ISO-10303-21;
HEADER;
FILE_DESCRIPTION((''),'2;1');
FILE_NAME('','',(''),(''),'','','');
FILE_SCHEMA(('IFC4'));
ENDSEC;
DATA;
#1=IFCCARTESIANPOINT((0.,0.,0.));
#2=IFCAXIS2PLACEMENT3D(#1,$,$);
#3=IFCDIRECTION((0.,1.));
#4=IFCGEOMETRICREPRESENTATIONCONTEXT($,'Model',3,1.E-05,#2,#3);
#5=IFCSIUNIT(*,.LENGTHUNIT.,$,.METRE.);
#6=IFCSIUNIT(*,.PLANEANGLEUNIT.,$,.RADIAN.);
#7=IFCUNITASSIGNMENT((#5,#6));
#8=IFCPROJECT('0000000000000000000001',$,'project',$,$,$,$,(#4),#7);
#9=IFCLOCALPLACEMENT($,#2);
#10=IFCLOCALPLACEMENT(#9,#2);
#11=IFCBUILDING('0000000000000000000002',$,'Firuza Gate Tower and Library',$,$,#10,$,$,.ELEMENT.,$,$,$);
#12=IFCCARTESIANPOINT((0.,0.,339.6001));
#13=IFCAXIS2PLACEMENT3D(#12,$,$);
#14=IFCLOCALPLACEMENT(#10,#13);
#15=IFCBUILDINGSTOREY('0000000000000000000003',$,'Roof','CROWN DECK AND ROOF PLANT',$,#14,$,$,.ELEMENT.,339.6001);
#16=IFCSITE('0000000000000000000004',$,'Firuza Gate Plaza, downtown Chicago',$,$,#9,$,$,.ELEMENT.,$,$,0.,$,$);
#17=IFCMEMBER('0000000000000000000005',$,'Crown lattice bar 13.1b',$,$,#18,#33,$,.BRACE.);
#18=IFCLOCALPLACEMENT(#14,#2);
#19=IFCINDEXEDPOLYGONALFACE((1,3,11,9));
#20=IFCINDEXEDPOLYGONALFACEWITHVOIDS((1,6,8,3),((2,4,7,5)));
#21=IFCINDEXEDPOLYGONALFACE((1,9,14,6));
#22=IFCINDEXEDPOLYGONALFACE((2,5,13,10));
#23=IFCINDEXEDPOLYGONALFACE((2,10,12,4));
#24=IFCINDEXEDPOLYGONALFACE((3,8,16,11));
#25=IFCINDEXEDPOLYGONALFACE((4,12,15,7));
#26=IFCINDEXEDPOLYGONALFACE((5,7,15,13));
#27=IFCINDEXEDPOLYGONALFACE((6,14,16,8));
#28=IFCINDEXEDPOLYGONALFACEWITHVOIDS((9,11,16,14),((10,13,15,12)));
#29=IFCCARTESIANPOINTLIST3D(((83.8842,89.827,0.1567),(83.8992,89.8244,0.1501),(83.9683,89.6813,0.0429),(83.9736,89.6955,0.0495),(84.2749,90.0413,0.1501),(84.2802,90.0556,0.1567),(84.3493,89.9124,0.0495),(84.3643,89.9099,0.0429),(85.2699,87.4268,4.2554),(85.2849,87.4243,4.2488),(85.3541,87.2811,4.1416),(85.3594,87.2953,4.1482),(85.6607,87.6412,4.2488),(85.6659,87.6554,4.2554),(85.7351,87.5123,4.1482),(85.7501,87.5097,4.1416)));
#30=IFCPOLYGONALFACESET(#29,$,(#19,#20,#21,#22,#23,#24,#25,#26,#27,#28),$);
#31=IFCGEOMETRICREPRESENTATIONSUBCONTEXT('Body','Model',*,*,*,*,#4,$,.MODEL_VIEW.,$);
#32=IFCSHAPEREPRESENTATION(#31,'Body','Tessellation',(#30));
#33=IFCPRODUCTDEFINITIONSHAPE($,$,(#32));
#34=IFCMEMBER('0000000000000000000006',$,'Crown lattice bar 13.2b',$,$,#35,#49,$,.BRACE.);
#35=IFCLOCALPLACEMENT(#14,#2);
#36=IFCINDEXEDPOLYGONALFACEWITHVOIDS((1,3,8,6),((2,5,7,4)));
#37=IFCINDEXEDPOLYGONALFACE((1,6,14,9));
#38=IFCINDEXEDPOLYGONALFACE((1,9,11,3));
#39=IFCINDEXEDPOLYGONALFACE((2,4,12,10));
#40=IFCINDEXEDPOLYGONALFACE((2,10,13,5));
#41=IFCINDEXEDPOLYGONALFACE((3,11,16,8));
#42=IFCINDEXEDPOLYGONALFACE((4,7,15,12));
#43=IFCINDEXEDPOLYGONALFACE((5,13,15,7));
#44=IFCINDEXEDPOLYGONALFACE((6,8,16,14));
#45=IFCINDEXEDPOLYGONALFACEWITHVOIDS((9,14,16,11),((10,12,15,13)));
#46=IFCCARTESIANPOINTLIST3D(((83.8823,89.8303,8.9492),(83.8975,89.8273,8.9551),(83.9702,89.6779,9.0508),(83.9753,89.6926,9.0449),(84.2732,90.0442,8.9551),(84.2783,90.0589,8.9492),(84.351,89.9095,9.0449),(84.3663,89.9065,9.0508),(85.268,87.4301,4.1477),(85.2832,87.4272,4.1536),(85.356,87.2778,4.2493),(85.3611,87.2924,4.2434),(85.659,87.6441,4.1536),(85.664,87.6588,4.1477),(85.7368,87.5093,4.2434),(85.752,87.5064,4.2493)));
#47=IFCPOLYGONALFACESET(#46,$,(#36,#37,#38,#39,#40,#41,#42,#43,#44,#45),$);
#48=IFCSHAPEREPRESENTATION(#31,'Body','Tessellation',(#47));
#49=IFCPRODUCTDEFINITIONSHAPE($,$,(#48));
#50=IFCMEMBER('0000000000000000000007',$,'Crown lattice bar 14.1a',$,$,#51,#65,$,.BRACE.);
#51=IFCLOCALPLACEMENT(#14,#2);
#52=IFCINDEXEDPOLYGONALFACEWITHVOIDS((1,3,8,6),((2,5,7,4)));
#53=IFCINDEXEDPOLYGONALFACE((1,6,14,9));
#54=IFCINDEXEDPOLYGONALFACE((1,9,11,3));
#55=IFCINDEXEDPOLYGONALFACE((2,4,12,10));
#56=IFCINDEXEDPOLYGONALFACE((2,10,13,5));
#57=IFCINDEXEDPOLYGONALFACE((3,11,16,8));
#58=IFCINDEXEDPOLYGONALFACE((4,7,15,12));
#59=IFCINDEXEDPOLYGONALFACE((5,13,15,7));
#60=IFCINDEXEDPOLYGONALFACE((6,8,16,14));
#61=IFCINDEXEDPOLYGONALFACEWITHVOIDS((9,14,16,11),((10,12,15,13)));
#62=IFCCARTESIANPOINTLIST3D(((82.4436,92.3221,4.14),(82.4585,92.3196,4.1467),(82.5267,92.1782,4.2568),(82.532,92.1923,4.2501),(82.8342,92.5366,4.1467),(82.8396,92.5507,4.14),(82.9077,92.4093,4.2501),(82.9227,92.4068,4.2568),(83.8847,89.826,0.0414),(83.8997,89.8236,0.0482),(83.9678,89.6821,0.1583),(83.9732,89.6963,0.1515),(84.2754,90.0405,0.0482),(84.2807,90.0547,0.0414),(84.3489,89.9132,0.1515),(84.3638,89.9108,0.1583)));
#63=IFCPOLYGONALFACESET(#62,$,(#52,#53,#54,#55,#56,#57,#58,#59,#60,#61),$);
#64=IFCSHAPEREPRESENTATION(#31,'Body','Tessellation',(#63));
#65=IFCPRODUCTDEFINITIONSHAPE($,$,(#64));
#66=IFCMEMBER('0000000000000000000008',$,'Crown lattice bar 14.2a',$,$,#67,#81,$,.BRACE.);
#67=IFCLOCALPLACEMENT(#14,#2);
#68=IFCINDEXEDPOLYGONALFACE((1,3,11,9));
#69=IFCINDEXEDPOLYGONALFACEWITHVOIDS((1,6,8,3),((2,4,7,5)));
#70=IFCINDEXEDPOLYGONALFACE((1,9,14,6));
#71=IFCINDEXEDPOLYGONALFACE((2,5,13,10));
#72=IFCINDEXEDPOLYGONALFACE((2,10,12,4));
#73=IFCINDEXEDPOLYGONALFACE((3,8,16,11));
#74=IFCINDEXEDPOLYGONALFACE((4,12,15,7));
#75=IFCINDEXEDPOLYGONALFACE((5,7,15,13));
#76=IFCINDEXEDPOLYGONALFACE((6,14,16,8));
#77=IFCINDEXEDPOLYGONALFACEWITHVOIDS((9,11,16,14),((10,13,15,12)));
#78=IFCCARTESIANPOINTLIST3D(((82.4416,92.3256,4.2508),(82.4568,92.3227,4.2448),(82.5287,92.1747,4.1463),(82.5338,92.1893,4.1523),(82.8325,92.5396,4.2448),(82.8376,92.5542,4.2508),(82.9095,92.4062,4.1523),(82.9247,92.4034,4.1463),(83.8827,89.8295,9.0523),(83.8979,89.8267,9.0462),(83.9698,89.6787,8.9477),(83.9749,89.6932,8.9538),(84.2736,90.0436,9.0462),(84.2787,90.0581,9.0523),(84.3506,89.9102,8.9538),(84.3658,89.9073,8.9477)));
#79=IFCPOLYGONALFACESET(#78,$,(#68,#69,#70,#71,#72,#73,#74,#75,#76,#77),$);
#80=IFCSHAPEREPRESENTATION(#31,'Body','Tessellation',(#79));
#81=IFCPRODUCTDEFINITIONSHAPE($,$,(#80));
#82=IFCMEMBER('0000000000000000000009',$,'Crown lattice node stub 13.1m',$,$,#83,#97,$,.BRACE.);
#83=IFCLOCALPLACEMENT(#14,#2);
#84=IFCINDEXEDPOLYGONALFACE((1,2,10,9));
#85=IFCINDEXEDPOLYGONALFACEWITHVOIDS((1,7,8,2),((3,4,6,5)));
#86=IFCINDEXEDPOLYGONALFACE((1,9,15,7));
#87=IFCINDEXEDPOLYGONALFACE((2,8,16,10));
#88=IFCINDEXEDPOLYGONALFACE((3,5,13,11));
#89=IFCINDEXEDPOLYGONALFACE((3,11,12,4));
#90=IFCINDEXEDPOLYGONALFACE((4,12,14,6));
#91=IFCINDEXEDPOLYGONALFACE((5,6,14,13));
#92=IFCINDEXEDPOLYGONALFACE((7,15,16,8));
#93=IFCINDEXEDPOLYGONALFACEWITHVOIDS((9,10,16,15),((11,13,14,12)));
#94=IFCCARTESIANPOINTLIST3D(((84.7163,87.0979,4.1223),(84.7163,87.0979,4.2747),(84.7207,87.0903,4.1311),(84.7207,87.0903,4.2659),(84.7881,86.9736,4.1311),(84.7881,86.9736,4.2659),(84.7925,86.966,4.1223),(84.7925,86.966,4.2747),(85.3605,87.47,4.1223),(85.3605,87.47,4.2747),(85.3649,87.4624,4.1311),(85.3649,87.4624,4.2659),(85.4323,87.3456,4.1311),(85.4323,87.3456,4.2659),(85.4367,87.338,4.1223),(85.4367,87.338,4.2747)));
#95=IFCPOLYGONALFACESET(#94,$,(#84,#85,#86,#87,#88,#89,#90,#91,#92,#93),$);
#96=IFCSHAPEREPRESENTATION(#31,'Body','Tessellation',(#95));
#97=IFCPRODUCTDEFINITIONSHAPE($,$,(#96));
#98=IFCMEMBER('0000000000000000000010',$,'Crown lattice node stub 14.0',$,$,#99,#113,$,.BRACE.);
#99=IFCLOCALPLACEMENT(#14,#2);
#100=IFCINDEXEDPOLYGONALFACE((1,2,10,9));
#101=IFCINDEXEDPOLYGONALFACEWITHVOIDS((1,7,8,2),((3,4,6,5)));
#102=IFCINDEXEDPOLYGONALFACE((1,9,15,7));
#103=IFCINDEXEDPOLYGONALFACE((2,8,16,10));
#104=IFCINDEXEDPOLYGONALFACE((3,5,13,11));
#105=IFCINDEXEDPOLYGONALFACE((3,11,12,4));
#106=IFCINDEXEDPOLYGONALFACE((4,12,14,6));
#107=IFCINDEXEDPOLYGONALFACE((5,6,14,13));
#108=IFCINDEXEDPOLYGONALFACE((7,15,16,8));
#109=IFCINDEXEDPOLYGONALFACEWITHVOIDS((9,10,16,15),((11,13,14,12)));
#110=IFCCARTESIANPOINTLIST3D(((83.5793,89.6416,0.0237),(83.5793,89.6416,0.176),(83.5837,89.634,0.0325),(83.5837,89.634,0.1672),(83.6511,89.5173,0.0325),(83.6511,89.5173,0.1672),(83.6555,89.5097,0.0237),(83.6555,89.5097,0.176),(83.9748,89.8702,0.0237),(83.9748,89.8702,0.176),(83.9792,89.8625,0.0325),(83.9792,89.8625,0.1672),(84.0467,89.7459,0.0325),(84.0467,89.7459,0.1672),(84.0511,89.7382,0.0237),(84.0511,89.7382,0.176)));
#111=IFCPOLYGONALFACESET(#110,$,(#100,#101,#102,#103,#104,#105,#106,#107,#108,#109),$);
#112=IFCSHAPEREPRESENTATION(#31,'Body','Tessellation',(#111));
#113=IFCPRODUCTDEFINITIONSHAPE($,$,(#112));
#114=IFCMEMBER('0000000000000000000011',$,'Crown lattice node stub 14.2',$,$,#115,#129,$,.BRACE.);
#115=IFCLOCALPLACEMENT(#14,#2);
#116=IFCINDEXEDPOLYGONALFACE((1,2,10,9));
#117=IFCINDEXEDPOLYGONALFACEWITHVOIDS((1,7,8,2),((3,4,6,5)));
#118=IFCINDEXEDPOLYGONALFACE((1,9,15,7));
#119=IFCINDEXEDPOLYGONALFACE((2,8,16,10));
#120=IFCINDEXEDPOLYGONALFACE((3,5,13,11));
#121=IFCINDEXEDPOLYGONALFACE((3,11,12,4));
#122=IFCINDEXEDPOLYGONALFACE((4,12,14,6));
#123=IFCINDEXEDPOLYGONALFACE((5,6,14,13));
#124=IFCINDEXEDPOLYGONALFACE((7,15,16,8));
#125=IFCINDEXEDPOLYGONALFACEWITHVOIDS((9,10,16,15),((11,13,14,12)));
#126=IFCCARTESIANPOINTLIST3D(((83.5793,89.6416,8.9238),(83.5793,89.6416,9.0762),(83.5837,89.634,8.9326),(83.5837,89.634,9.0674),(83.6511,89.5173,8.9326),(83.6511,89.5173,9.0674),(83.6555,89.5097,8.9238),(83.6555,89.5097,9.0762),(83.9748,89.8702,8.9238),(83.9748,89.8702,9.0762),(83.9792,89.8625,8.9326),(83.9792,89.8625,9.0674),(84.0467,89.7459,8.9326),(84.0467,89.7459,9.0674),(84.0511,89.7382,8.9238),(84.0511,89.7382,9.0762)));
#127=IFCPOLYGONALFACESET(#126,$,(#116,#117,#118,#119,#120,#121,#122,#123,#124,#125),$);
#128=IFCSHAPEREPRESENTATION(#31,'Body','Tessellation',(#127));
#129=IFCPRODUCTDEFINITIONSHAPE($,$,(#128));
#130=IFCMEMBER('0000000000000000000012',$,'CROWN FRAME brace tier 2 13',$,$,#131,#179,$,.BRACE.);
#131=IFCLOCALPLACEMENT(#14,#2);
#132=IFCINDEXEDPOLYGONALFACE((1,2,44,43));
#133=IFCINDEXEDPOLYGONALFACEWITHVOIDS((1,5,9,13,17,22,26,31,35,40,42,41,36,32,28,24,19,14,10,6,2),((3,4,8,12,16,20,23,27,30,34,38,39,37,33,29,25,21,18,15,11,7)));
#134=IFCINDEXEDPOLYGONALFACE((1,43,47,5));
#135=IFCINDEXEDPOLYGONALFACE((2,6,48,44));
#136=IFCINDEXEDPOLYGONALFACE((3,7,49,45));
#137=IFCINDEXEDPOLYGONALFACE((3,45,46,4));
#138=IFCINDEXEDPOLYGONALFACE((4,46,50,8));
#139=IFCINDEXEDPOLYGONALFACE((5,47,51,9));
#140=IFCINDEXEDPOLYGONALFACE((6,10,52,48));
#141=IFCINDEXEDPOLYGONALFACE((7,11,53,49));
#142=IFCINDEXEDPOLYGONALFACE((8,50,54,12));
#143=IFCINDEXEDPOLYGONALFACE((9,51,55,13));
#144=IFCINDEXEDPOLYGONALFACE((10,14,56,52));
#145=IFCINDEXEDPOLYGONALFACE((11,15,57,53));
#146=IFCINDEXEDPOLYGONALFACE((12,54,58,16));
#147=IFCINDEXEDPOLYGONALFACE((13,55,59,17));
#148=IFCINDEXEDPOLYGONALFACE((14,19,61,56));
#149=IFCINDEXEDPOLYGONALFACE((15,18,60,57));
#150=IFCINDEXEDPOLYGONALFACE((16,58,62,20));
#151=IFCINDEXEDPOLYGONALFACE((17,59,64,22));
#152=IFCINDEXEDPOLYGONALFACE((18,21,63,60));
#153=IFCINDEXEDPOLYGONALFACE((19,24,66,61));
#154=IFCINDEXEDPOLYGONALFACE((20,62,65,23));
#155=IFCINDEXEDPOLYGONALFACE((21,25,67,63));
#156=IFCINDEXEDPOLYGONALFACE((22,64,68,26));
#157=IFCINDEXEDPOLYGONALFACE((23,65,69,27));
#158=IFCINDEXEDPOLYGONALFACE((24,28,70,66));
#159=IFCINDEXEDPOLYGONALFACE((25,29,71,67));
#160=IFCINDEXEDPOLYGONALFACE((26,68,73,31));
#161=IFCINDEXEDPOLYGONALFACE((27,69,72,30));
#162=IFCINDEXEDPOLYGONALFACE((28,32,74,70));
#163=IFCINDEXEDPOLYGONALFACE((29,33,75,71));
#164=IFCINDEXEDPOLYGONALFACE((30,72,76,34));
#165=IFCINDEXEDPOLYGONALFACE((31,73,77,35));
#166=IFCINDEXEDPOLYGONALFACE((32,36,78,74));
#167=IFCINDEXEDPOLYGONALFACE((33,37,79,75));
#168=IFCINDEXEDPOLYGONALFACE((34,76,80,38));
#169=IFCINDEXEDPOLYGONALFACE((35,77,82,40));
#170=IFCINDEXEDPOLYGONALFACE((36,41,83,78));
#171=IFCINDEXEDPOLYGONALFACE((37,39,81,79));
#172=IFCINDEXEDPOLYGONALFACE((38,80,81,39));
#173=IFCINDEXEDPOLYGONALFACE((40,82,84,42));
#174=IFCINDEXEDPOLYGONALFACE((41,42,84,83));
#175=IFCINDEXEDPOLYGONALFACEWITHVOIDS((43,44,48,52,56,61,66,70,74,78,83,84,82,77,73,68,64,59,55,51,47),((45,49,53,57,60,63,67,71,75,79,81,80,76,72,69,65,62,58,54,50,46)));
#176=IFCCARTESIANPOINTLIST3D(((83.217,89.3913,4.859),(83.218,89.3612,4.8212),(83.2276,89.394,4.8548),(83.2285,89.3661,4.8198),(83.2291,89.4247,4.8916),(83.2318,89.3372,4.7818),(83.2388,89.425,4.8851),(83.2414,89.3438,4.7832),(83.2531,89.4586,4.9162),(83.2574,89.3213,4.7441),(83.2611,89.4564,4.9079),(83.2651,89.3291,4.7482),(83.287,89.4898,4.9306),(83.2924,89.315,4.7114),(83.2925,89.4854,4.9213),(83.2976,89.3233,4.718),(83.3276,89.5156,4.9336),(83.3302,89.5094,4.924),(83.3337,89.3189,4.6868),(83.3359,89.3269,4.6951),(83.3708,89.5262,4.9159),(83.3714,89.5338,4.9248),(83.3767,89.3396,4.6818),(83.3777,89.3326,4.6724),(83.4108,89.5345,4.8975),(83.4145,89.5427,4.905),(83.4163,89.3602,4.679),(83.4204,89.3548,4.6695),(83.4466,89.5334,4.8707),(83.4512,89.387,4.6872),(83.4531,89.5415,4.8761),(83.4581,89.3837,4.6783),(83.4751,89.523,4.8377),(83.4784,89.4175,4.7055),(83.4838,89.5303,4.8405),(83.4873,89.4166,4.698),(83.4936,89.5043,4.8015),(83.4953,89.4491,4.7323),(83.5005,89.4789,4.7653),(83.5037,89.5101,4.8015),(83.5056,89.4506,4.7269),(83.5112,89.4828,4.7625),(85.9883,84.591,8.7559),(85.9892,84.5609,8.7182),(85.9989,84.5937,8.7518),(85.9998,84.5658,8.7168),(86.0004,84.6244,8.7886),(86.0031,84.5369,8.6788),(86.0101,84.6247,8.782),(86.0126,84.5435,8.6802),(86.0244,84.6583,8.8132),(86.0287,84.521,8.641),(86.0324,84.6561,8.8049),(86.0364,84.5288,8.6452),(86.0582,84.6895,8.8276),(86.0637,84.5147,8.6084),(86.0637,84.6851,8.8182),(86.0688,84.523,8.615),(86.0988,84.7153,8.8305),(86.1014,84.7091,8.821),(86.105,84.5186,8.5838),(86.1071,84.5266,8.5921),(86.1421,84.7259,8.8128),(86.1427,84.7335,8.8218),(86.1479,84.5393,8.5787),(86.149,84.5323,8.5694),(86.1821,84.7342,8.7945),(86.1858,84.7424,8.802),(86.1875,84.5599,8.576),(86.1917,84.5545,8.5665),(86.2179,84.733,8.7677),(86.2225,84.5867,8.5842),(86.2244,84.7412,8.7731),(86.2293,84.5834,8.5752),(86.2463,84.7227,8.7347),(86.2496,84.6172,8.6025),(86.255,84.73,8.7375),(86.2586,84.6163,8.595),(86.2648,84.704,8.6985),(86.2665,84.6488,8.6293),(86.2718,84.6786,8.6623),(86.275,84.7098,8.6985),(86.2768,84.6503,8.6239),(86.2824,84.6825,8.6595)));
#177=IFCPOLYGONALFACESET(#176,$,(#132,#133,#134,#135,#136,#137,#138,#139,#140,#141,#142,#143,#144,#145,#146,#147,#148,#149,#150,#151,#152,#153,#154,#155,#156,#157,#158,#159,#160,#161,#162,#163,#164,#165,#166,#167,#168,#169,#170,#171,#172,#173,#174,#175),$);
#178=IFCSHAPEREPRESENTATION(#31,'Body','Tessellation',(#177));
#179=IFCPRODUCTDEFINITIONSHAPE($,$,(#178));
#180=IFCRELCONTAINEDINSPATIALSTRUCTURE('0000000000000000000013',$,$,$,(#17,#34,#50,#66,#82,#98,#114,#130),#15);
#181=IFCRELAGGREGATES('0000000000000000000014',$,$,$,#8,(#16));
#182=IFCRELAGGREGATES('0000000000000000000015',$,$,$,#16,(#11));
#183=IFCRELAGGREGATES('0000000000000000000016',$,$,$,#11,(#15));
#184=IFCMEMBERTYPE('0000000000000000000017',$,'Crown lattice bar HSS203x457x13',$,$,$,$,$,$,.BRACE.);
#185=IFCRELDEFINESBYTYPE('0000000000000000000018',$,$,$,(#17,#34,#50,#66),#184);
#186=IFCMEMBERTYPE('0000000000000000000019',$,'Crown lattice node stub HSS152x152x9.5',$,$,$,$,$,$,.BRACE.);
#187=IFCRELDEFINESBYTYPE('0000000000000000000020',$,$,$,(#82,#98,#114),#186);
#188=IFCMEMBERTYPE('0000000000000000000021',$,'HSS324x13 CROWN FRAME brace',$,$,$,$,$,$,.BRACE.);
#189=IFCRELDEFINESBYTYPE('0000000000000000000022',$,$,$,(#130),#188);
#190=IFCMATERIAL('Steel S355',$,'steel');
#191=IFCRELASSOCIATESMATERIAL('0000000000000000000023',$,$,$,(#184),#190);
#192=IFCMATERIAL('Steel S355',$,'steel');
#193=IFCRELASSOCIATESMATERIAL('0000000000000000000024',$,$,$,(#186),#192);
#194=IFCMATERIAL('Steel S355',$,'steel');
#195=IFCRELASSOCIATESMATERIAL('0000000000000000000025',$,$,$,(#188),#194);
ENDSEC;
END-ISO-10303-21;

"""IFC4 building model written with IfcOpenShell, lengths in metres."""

from ifc_helpers import new_model, si_unit, direction, frame, origin, origin_2d, place, context, subcontext, project, spatial, hollow_rectangle, hollow_circle, extrude, material, material_profile, profile_set, type_object, element, save


model = new_model("IFC4")

# Units and contexts
model_context = context("Model", 3, precision=1e-05, world=origin(), true_north=direction((0.0, 1.0)))
body_context = subcontext(model_context, "Body", "Model", "MODEL_VIEW")
ifc_project = project(units=[si_unit("LENGTHUNIT", "METRE"), si_unit("PLANEANGLEUNIT", "RADIAN")], contexts=[model_context])

# Site, building, storey
site_placement = place(None, origin())
site = spatial("IfcSite", under=ifc_project, at=site_placement, Name="Firuza Gate Plaza, downtown Chicago", CompositionType="ELEMENT", RefElevation=0.0)
building_placement = place(site_placement, origin())
building = spatial("IfcBuilding", under=site, at=building_placement, Name="Firuza Gate Tower and Library", CompositionType="ELEMENT")
storey_placement = place(building_placement, frame((0.0, 0.0, 339.6001)))
storey = spatial("IfcBuildingStorey", under=building, at=storey_placement, Name="Roof", Description="CROWN DECK AND ROOF PLANT", CompositionType="ELEMENT", Elevation=339.6001)

# Members
ifc_material_1 = material(Name="Steel S355", Category="steel")
ifc_material_profile_1 = material_profile(ifc_material_1, hollow_rectangle(XDim=0.4573, YDim=0.2031, WallThickness=0.0117, at=origin_2d()))
ifc_profile_set_1 = profile_set([ifc_material_profile_1], Name="Steel S355")
member_type_1 = type_object("IfcMemberType", Name="Crown lattice bar HSS203x457x13", PredefinedType="BRACE", material=ifc_profile_set_1)
member_1_placement = place(storey_placement, frame((85.51, 87.4683, 4.1985), z_axis=(-0.280078, 0.485103, -0.828391), x_axis=(-0.866023, -0.500005, 0.0)))
element("IfcMember", 1, at=member_1_placement, inside=storey, type_object=member_type_1, Name="Crown lattice bar 13.1b", PredefinedType="BRACE", context=body_context, shape_type="SweptSolid", body=[
    extrude(hollow_rectangle(XDim=0.4573, YDim=0.2031, WallThickness=0.0117, at=origin_2d()), origin(), (0.0, 0.0, 1.0), 4.9478),
])
member_2_placement = place(storey_placement, frame((85.51, 87.4683, 4.1985), z_axis=(-0.249955, 0.43293, 0.86608), x_axis=(-0.866023, -0.500005, 0.0)))
element("IfcMember", 2, at=member_2_placement, inside=storey, type_object=member_type_1, Name="Crown lattice bar 13.2b", PredefinedType="BRACE", context=body_context, shape_type="SweptSolid", body=[
    extrude(hollow_rectangle(XDim=0.4573, YDim=0.2031, WallThickness=0.0117, at=origin_2d()), origin(), (0.0, 0.0, 1.0), 5.5439),
])
member_3_placement = place(storey_placement, frame((84.1243, 89.8684, 0.0999), z_axis=(-0.287622, 0.498162, 0.817991), x_axis=(-0.866019, -0.500011, 0.0)))
element("IfcMember", 3, at=member_3_placement, inside=storey, type_object=member_type_1, Name="Crown lattice bar 14.1a", PredefinedType="BRACE", context=body_context, shape_type="SweptSolid", body=[
    extrude(hollow_rectangle(XDim=0.4573, YDim=0.2031, WallThickness=0.0117, at=origin_2d()), origin(), (0.0, 0.0, 1.0), 5.0105),
])
member_4_placement = place(storey_placement, frame((84.1243, 89.8684, 9.0), z_axis=(-0.257342, 0.445717, -0.857386), x_axis=(-0.866019, -0.500011, 0.0)))
element("IfcMember", 4, at=member_4_placement, inside=storey, type_object=member_type_1, Name="Crown lattice bar 14.2a", PredefinedType="BRACE", context=body_context, shape_type="SweptSolid", body=[
    extrude(hollow_rectangle(XDim=0.4573, YDim=0.2031, WallThickness=0.0117, at=origin_2d()), origin(), (0.0, 0.0, 1.0), 5.6001),
])
ifc_material_2 = material(Name="Steel S355", Category="steel")
ifc_material_profile_2 = material_profile(ifc_material_2, hollow_rectangle(XDim=0.1523, YDim=0.1523, WallThickness=0.0088, at=origin_2d()))
ifc_profile_set_2 = profile_set([ifc_material_profile_2], Name="Steel S355")
member_type_2 = type_object("IfcMemberType", Name="Crown lattice node stub HSS152x152x9.5", PredefinedType="BRACE", material=ifc_profile_set_2)
member_5_placement = place(storey_placement, frame((84.7544, 87.032, 4.1985), z_axis=(0.865972, 0.500092, 0.0), x_axis=(-0.500092, 0.865972, 0.0)))
element("IfcMember", 5, at=member_5_placement, inside=storey, type_object=member_type_2, Name="Crown lattice node stub 13.1m", PredefinedType="BRACE", context=body_context, shape_type="SweptSolid", body=[
    extrude(hollow_rectangle(XDim=0.1523, YDim=0.1523, WallThickness=0.0088, at=origin_2d()), origin(), (0.0, 0.0, 1.0), 0.7439),
])
for number, where, z_axis, x_axis, name in (
    (6, (83.6174, 89.5757, 0.0999), (0.865865, 0.500278, 0.0), (-0.500278, 0.865865, 0.0), "Crown lattice node stub 14.0"),
    (7, (83.6174, 89.5757, 9.0), (0.865865, 0.500278, 0.0), (-0.500278, 0.865865, 0.0), "Crown lattice node stub 14.2"),
):
    element("IfcMember", number, at=place(storey_placement, frame(where, z_axis=z_axis, x_axis=x_axis)), inside=storey, type_object=member_type_2, Name=name, PredefinedType="BRACE", context=body_context, shape_type="SweptSolid", body=[
        extrude(hollow_rectangle(XDim=0.1523, YDim=0.1523, WallThickness=0.0088, at=origin_2d()), origin(), (0.0, 0.0, 1.0), 0.4568),
    ])
ifc_material_3 = material(Name="Steel S355", Category="steel")
ifc_material_profile_3 = material_profile(ifc_material_3, hollow_circle(Radius=0.1619, WallThickness=0.0117, at=origin_2d()))
ifc_profile_set_3 = profile_set([ifc_material_profile_3], Name="Steel S355")
member_type_3 = type_object("IfcMemberType", Name="HSS324x13 CROWN FRAME brace", PredefinedType="BRACE", material=ifc_profile_set_3)
for number, where, z_axis, x_axis, name in (
    (8, (83.3635, 89.4292, 4.8015), (0.409002, -0.708466, 0.575147), (0.866042, 0.499972, 0.0), "CROWN FRAME brace tier 2 13"),
):
    element("IfcMember", number, at=place(storey_placement, frame(where, z_axis=z_axis, x_axis=x_axis)), inside=storey, type_object=member_type_3, Name=name, PredefinedType="BRACE", context=body_context, shape_type="SweptSolid", body=[
        extrude(hollow_circle(Radius=0.1619, WallThickness=0.0117, at=origin_2d()), origin(), (0.0, 0.0, 1.0), 6.7756),
    ])

save(model, "model.ifc")
